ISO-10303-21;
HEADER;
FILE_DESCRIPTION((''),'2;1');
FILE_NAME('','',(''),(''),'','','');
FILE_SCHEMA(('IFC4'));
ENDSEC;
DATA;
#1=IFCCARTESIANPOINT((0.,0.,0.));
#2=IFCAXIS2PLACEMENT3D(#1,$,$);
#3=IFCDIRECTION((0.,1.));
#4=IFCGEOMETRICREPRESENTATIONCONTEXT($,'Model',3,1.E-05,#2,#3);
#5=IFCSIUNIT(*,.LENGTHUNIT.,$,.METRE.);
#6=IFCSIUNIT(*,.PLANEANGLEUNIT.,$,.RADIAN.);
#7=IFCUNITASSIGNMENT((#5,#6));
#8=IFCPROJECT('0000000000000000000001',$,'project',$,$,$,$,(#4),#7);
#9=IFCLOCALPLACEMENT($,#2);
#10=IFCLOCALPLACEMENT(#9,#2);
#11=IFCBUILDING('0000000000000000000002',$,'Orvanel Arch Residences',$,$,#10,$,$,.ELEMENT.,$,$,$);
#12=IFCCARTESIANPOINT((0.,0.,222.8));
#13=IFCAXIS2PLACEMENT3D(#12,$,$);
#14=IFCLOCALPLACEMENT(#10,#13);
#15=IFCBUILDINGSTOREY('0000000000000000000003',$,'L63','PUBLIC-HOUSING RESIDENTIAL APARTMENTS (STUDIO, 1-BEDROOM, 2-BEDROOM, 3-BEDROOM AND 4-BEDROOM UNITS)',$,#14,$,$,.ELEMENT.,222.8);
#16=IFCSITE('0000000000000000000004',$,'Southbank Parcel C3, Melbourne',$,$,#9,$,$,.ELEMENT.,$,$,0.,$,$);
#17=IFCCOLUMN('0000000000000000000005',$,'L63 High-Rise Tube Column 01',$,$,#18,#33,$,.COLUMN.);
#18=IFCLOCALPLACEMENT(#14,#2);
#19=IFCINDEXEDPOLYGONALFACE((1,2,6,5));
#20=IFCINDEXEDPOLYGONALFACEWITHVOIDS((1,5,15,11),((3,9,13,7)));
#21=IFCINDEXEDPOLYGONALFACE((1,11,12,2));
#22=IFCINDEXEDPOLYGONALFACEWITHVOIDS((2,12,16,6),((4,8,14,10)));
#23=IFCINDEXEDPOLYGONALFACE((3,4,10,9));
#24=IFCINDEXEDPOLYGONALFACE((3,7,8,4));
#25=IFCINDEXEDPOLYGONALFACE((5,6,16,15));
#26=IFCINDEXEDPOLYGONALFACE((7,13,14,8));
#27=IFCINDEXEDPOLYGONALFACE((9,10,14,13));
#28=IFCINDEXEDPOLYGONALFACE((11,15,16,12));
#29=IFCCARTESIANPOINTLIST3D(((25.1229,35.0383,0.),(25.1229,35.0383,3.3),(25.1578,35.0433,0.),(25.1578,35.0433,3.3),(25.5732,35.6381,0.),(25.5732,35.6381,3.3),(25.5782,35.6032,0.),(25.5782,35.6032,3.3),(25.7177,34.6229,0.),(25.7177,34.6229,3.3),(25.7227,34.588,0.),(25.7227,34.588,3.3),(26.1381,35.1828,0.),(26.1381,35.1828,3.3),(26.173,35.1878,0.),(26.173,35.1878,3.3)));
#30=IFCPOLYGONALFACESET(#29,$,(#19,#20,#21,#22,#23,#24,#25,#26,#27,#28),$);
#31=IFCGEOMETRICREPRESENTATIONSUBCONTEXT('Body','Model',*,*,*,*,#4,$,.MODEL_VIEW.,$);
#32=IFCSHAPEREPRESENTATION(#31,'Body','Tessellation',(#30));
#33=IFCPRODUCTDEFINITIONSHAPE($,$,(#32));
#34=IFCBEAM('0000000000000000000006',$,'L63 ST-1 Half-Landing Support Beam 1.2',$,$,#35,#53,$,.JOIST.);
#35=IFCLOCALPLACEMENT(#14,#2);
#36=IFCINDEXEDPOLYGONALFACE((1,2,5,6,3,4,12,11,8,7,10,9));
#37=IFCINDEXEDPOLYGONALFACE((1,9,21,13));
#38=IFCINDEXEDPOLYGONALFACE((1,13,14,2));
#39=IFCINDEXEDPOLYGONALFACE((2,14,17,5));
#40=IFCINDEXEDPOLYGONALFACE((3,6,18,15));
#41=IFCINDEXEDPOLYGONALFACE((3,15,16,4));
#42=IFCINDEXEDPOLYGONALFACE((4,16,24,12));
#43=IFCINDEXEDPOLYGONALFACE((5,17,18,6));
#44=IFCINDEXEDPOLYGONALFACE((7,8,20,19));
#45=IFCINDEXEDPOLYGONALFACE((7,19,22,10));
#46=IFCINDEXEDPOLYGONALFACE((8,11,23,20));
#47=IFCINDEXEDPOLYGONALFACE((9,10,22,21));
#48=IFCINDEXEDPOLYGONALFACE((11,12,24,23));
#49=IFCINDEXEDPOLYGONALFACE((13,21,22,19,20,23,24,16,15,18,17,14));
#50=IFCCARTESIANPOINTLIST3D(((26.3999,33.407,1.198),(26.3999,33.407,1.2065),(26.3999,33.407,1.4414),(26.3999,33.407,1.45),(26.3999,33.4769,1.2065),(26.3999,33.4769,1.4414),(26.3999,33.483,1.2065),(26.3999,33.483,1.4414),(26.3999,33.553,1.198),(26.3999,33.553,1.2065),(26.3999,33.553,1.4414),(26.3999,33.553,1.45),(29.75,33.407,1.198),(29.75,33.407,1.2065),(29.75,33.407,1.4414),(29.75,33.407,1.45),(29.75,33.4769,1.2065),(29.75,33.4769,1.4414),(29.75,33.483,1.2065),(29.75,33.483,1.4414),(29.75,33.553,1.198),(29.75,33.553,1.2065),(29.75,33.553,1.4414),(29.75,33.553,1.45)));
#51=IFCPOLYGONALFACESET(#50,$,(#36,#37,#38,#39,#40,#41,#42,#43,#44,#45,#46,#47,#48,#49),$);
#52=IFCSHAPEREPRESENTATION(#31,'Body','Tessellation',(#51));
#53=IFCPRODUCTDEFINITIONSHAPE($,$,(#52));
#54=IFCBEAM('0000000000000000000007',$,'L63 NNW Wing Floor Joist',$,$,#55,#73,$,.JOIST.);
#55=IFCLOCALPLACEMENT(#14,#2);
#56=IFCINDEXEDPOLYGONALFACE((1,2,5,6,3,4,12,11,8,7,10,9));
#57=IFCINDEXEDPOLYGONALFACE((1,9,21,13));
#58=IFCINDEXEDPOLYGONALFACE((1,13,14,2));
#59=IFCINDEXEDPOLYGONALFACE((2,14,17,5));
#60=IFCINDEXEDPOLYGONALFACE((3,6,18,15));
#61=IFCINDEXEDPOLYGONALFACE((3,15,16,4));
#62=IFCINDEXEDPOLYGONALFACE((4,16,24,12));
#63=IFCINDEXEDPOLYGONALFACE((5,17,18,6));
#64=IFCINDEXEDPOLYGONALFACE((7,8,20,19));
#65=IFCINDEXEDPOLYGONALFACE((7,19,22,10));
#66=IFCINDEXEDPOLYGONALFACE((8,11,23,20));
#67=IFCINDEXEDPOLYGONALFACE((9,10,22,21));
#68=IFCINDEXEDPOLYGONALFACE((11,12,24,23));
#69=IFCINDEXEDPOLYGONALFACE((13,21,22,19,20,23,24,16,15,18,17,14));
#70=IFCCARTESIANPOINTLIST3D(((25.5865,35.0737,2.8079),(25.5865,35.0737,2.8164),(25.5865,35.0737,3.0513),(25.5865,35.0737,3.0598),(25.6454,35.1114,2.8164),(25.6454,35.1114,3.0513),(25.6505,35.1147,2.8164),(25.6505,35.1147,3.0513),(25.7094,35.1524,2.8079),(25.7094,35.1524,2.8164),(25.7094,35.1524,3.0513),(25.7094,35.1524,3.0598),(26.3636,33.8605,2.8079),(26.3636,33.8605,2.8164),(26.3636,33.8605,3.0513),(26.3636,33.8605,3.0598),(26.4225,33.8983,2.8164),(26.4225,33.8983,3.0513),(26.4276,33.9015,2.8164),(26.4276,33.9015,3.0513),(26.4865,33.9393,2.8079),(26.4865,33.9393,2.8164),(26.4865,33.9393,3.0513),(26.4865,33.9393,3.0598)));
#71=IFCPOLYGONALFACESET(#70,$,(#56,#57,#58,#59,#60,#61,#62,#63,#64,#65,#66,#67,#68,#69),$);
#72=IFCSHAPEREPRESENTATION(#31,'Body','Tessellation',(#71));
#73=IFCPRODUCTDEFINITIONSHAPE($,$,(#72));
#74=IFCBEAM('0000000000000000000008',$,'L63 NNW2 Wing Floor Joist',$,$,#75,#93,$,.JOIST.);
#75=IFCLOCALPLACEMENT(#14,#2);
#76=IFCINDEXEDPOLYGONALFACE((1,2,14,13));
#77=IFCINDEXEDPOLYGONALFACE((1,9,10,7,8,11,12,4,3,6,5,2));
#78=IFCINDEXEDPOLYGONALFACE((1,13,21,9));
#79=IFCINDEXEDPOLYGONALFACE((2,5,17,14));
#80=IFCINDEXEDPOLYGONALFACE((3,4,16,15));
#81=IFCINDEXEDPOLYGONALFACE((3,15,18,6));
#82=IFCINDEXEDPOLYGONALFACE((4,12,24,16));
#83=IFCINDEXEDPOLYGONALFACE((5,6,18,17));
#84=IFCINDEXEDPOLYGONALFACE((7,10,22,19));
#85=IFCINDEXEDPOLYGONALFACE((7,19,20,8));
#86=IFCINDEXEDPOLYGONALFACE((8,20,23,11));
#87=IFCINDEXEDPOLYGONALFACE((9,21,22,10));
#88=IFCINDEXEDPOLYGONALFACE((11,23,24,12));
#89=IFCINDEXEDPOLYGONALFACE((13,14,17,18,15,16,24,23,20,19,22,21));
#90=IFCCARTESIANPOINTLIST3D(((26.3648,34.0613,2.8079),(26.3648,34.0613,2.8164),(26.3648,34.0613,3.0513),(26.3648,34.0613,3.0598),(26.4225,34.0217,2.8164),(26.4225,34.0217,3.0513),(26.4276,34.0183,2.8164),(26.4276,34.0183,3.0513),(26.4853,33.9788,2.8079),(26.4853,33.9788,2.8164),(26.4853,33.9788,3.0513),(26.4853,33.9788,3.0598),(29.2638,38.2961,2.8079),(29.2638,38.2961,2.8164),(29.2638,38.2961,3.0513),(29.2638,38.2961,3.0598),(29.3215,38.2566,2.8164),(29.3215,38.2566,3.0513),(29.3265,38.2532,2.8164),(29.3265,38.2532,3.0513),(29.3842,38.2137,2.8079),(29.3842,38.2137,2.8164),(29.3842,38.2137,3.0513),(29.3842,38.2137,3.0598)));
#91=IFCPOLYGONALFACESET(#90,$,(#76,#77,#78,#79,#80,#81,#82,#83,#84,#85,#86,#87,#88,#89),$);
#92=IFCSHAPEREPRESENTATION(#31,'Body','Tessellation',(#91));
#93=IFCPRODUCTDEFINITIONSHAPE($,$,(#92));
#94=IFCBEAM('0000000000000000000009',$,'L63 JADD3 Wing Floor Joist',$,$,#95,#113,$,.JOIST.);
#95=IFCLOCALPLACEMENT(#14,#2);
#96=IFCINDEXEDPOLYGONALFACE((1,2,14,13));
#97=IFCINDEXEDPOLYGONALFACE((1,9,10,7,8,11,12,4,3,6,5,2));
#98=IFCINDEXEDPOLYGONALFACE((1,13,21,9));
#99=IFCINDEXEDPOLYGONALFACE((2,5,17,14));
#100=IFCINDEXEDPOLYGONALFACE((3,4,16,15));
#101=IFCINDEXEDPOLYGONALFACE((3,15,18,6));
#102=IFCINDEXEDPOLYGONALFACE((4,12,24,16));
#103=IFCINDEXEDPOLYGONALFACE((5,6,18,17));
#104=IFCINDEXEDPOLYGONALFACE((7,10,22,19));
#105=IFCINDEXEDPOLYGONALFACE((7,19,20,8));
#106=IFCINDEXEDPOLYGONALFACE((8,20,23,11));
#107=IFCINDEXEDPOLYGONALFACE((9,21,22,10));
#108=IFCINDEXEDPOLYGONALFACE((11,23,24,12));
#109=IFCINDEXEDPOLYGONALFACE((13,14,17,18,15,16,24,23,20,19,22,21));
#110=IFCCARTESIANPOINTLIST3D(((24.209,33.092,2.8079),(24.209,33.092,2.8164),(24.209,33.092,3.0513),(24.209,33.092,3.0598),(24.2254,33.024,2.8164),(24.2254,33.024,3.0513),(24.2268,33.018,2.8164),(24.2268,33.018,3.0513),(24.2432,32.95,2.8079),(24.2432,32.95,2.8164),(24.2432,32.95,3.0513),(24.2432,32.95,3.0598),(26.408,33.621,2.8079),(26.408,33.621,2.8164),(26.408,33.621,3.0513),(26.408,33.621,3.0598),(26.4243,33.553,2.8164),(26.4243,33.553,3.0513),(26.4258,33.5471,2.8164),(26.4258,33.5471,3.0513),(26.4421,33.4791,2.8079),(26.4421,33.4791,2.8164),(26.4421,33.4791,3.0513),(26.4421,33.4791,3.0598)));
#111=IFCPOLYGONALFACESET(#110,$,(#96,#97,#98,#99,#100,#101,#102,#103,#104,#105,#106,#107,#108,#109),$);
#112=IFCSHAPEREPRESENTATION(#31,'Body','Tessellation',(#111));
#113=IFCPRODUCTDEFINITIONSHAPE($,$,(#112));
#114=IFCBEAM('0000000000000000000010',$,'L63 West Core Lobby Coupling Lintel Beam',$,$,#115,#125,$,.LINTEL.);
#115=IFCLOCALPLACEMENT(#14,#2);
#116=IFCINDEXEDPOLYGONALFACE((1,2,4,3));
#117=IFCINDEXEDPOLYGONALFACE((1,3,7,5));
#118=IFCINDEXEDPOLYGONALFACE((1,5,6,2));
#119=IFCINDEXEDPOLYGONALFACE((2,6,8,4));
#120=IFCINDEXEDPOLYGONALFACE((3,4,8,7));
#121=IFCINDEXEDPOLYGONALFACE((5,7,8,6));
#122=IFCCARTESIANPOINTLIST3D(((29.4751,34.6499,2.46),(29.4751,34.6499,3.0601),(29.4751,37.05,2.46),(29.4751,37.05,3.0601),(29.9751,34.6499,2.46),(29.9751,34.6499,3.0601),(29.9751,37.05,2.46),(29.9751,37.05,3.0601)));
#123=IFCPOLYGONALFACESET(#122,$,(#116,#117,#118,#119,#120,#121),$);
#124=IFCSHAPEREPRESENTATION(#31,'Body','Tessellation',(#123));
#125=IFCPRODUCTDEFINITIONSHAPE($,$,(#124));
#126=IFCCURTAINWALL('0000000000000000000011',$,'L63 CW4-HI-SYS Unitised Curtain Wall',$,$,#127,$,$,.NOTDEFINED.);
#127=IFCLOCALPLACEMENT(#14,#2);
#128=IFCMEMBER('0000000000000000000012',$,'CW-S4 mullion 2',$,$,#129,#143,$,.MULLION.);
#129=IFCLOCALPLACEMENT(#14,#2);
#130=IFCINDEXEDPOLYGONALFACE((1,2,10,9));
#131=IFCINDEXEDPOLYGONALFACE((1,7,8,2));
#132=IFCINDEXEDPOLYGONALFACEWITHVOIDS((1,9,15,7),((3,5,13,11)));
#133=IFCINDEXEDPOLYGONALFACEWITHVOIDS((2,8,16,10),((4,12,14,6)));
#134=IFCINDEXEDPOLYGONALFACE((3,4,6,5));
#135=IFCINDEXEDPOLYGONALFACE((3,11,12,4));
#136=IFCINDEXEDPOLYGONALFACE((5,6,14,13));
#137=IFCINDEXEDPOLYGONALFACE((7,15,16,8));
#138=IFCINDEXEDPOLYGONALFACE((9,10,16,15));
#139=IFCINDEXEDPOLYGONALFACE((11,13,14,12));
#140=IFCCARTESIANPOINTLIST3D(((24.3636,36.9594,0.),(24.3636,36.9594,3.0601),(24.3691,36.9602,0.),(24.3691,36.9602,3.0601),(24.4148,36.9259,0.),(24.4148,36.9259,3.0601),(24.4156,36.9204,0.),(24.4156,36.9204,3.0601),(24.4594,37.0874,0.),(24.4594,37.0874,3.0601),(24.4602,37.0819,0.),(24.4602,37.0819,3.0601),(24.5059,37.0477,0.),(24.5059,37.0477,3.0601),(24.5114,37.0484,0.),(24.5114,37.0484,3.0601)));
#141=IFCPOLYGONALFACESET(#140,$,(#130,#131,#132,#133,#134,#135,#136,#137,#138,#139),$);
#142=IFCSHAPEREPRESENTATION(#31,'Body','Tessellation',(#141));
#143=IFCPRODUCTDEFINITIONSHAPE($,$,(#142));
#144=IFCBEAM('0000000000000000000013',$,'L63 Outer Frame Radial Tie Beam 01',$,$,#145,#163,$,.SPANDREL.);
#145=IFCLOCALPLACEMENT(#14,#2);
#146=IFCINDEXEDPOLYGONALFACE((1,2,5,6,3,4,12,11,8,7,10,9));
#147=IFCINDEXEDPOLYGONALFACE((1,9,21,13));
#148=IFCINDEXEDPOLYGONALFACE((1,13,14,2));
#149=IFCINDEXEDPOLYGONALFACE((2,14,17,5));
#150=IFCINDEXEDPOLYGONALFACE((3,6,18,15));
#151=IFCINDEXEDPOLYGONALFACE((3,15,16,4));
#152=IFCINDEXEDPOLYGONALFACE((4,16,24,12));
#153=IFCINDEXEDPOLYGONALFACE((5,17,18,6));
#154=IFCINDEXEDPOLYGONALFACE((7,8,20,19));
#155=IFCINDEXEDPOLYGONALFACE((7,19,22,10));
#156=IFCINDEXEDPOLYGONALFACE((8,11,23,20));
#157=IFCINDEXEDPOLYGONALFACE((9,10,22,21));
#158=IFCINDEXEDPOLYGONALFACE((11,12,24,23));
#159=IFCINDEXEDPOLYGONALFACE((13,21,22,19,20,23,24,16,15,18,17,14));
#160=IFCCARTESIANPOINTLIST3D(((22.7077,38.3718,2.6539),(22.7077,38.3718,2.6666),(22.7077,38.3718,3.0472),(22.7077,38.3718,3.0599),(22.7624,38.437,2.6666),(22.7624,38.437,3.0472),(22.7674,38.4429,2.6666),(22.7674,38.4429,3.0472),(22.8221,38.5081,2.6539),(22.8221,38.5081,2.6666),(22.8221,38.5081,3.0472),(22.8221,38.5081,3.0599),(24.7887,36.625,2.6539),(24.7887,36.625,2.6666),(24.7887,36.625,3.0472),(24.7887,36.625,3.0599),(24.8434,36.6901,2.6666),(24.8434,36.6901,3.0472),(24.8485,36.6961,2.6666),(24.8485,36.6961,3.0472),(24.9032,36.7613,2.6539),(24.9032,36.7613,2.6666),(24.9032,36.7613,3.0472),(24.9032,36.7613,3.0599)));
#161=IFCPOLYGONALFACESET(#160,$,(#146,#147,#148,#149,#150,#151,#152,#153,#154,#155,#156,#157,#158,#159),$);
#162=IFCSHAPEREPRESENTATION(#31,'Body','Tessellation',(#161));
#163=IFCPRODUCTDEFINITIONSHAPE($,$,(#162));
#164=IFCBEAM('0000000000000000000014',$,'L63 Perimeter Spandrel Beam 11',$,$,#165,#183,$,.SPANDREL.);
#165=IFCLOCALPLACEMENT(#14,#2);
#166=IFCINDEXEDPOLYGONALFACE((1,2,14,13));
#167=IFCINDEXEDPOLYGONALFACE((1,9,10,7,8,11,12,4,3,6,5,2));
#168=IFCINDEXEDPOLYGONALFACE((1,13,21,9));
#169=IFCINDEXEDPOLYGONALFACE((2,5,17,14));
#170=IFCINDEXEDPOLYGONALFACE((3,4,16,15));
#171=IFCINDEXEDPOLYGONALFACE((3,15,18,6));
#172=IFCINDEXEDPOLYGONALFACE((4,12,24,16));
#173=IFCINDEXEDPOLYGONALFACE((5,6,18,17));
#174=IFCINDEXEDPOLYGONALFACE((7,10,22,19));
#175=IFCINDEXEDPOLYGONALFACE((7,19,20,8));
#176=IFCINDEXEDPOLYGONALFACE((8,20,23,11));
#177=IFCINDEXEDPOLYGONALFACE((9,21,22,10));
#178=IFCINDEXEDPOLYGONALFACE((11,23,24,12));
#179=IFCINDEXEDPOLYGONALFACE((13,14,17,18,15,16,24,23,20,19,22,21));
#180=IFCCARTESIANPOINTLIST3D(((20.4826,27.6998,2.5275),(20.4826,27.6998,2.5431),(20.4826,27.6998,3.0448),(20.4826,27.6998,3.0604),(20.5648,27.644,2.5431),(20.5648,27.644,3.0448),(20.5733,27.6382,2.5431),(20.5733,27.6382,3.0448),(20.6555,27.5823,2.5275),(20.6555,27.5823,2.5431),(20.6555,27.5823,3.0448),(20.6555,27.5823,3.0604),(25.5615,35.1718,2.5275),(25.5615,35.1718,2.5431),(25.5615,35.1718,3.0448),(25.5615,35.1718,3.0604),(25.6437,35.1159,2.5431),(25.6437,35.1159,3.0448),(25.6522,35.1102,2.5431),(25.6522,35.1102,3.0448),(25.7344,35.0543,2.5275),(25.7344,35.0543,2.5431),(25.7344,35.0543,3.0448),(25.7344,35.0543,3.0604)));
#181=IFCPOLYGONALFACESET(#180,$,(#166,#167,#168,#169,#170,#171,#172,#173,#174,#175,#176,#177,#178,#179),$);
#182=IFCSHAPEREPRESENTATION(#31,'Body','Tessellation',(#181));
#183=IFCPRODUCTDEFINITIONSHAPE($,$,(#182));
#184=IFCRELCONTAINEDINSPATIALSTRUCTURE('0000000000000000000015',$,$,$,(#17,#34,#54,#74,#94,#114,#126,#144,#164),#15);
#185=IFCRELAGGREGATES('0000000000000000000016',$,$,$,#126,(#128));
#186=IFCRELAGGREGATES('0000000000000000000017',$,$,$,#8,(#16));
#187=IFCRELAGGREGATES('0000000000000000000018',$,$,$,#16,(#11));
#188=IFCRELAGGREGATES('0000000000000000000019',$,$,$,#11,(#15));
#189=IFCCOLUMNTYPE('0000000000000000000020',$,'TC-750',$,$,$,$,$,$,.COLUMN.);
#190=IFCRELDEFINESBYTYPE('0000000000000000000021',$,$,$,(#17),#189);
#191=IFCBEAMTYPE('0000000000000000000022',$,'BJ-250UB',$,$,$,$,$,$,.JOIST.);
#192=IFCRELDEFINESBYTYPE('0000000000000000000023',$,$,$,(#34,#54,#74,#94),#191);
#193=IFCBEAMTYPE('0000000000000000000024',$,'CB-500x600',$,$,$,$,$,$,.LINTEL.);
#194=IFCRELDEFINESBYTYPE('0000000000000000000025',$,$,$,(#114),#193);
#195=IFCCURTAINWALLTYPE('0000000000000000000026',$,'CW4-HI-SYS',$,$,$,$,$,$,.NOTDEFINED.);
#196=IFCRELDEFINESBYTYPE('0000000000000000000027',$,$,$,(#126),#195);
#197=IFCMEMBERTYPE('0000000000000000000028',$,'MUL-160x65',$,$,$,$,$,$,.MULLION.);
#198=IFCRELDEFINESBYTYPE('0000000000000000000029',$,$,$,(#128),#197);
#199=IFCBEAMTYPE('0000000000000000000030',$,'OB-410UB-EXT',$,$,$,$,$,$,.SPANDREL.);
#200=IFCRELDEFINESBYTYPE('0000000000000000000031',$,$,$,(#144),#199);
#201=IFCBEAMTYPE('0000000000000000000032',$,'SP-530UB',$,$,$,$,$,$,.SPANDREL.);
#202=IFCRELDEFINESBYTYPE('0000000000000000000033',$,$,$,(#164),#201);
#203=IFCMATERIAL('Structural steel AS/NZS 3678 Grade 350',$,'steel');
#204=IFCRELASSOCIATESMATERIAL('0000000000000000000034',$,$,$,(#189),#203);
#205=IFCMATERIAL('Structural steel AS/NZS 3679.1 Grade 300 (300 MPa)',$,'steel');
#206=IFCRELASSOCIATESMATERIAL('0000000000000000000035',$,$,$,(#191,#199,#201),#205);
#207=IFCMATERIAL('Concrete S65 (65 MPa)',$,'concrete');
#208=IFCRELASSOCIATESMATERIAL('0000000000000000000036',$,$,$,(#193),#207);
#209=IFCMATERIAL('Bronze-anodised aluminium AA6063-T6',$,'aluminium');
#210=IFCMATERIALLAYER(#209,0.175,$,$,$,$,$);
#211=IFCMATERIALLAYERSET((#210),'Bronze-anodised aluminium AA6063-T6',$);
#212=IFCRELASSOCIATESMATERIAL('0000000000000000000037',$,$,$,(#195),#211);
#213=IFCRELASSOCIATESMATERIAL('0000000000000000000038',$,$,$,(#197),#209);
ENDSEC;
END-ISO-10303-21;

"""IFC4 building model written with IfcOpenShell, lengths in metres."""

from ifc_helpers import new_model, si_unit, direction, frame, origin, origin_2d, place, context, subcontext, project, spatial, rectangle, hollow_rectangle, i_section, extrude, material, layer, layer_set, material_profile, profile_set, type_object, element, aggregate, save


model = new_model("IFC4")

# Units and contexts
model_context = context("Model", 3, precision=1e-05, world=origin(), true_north=direction((0.0, 1.0)))
body_context = subcontext(model_context, "Body", "Model", "MODEL_VIEW")
ifc_project = project(units=[si_unit("LENGTHUNIT", "METRE"), si_unit("PLANEANGLEUNIT", "RADIAN")], contexts=[model_context])

# Site, building, storey
site_placement = place(None, origin())
site = spatial("IfcSite", under=ifc_project, at=site_placement, Name="Southbank Parcel C3, Melbourne", CompositionType="ELEMENT", RefElevation=0.0)
building_placement = place(site_placement, origin())
building = spatial("IfcBuilding", under=site, at=building_placement, Name="Orvanel Arch Residences", CompositionType="ELEMENT")
storey_placement = place(building_placement, frame((0.0, 0.0, 222.8)))
storey = spatial("IfcBuildingStorey", under=building, at=storey_placement, Name="L63", Description="PUBLIC-HOUSING RESIDENTIAL APARTMENTS (STUDIO, 1-BEDROOM, 2-BEDROOM, 3-BEDROOM AND 4-BEDROOM UNITS)", CompositionType="ELEMENT", Elevation=222.8)

# Column
ifc_material_1 = material(Name="Structural steel AS/NZS 3678 Grade 350", Category="steel")
ifc_material_profile_1 = material_profile(ifc_material_1, hollow_rectangle(XDim=0.75, YDim=0.75, WallThickness=0.0249, at=origin_2d()), Name="BOX750x750x25")
ifc_profile_set_1 = profile_set([ifc_material_profile_1], Name="Structural steel AS/NZS 3678 Grade 350")
column_type = type_object("IfcColumnType", Name="TC-750", PredefinedType="COLUMN", material=ifc_profile_set_1)
column_placement = place(storey_placement, frame((25.6479, 35.113, 0.0), z_axis=(0.0, 0.0, 1.0), x_axis=(0.60042, 0.799685, 0.0)))
element("IfcColumn", 1, at=column_placement, inside=storey, type_object=column_type, Name="L63 High-Rise Tube Column 01", PredefinedType="COLUMN", context=body_context, shape_type="SweptSolid", body=[
    extrude(hollow_rectangle(XDim=0.75, YDim=0.75, WallThickness=0.0249, at=origin_2d()), origin(), (0.0, 0.0, 1.0), 3.3),
])

# Beams
ifc_material_2 = material(Name="Structural steel AS/NZS 3679.1 Grade 300 (300 MPa)", Category="steel")
ifc_material_profile_2 = material_profile(ifc_material_2, i_section(OverallWidth=0.146, OverallDepth=0.252, WebThickness=0.0061, FlangeThickness=0.0085, at=origin_2d()), Name="250UB31.4")
ifc_profile_set_2 = profile_set([ifc_material_profile_2], Name="Structural steel AS/NZS 3679.1 Grade 300 (300 MPa)")
beam_type_1 = type_object("IfcBeamType", Name="BJ-250UB", PredefinedType="JOIST", material=ifc_profile_set_2)
beam_1_placement = place(storey_placement, frame((26.3999, 33.48, 1.324), z_axis=(1.0, 0.0, 0.0), x_axis=(0.0, 1.0, 0.0)))
element("IfcBeam", 2, at=beam_1_placement, inside=storey, type_object=beam_type_1, Name="L63 ST-1 Half-Landing Support Beam 1.2", PredefinedType="JOIST", context=body_context, shape_type="SweptSolid", body=[
    extrude(i_section(OverallWidth=0.146, OverallDepth=0.252, WebThickness=0.0061, FlangeThickness=0.0085, at=origin_2d()), origin(), (0.0, 0.0, 1.0), 3.3501),
])
beam_2_placement = place(storey_placement, frame((26.425, 33.8999, 2.9338), z_axis=(-0.539395, 0.842053, 0.0), x_axis=(-0.842053, -0.539395, 0.0)))
element("IfcBeam", 3, at=beam_2_placement, inside=storey, type_object=beam_type_1, Name="L63 NNW Wing Floor Joist", PredefinedType="JOIST", context=body_context, shape_type="SweptSolid", body=[
    extrude(i_section(OverallWidth=0.146, OverallDepth=0.252, WebThickness=0.0061, FlangeThickness=0.0085, at=origin_2d()), origin(), (0.0, 0.0, 1.0), 1.4407),
])
beam_3_placement = place(storey_placement, frame((26.425, 34.02, 2.9338), z_axis=(0.564868, 0.825181, 0.0), x_axis=(-0.825181, 0.564868, 0.0)))
element("IfcBeam", 4, at=beam_3_placement, inside=storey, type_object=beam_type_1, Name="L63 NNW2 Wing Floor Joist", PredefinedType="JOIST", context=body_context, shape_type="SweptSolid", body=[
    extrude(i_section(OverallWidth=0.146, OverallDepth=0.252, WebThickness=0.0061, FlangeThickness=0.0085, at=origin_2d()), origin(), (0.0, 0.0, 1.0), 5.1321),
])
beam_4_placement = place(storey_placement, frame((26.425, 33.55, 2.9338), z_axis=(-0.972257, -0.233916, 0.0), x_axis=(0.233916, -0.972257, 0.0)))
element("IfcBeam", 5, at=beam_4_placement, inside=storey, type_object=beam_type_1, Name="L63 JADD3 Wing Floor Joist", PredefinedType="JOIST", context=body_context, shape_type="SweptSolid", body=[
    extrude(i_section(OverallWidth=0.146, OverallDepth=0.252, WebThickness=0.0061, FlangeThickness=0.0085, at=origin_2d()), origin(), (0.0, 0.0, 1.0), 2.2617),
])
ifc_material_3 = material(Name="Concrete S65 (65 MPa)", Category="concrete")
ifc_material_profile_3 = material_profile(ifc_material_3, rectangle(XDim=0.5, YDim=0.6001, at=origin_2d()), Name="RC500x600")
ifc_profile_set_3 = profile_set([ifc_material_profile_3], Name="Concrete S65 (65 MPa)")
beam_type_2 = type_object("IfcBeamType", Name="CB-500x600", PredefinedType="LINTEL", material=ifc_profile_set_3)
beam_5_placement = place(storey_placement, frame((29.7251, 34.6499, 2.76), z_axis=(0.0, 1.0, 0.0), x_axis=(-1.0, 0.0, 0.0)))
element("IfcBeam", 6, at=beam_5_placement, inside=storey, type_object=beam_type_2, Name="L63 West Core Lobby Coupling Lintel Beam", PredefinedType="LINTEL", context=body_context, shape_type="SweptSolid", body=[
    extrude(rectangle(XDim=0.5, YDim=0.6001, at=origin_2d()), origin(), (0.0, 0.0, 1.0), 2.4001),
])

# Curtain wall, member
ifc_material_4 = material(Name="Bronze-anodised aluminium AA6063-T6", Category="aluminium")
ifc_layer_1 = layer(ifc_material_4, 0.175)
ifc_layer_set_1 = layer_set([ifc_layer_1], Name="Bronze-anodised aluminium AA6063-T6")
curtain_wall_type = type_object("IfcCurtainWallType", Name="CW4-HI-SYS", PredefinedType="NOTDEFINED", material=ifc_layer_set_1)
curtain_wall_placement = place(storey_placement, origin())
curtain_wall = element("IfcCurtainWall", 7, at=curtain_wall_placement, inside=storey, type_object=curtain_wall_type, Name="L63 CW4-HI-SYS Unitised Curtain Wall", PredefinedType="NOTDEFINED")
ifc_material_profile_4 = material_profile(ifc_material_4, hollow_rectangle(XDim=0.0649, YDim=0.1599, WallThickness=0.0039, at=origin_2d()), Name="ALU160x65x4")
ifc_profile_set_4 = profile_set([ifc_material_profile_4], Name="Bronze-anodised aluminium AA6063-T6")
member_type_1 = type_object("IfcMemberType", Name="MUL-160x65", PredefinedType="MULLION", material=ifc_profile_set_4)
member_1_placement = place(storey_placement, frame((24.4375, 37.0039, 0.0), z_axis=(0.0, 0.0, 1.0), x_axis=(0.800476, -0.599364, 0.0)))
member_1 = element("IfcMember", 8, at=member_1_placement, type_object=member_type_1, Name="CW-S4 mullion 2", PredefinedType="MULLION", context=body_context, shape_type="SweptSolid", body=[
    extrude(hollow_rectangle(XDim=0.0649, YDim=0.1599, WallThickness=0.0039, at=origin_2d()), origin(), (0.0, 0.0, 1.0), 3.0601),
])

# Beams
ifc_material_profile_5 = material_profile(ifc_material_2, i_section(OverallWidth=0.178, OverallDepth=0.406, WebThickness=0.0078, FlangeThickness=0.0127, at=origin_2d()), Name="410UB59.7")
ifc_profile_set_5 = profile_set([ifc_material_profile_5], Name="Structural steel AS/NZS 3679.1 Grade 300 (300 MPa)")
beam_type_3 = type_object("IfcBeamType", Name="OB-410UB-EXT", PredefinedType="SPANDREL", material=ifc_profile_set_5)
beam_6_placement = place(storey_placement, frame((24.8459, 36.6931, 2.8569), z_axis=(-0.765933, 0.64292, 0.0), x_axis=(-0.64292, -0.765933, 0.0)))
element("IfcBeam", 9, at=beam_6_placement, inside=storey, type_object=beam_type_3, Name="L63 Outer Frame Radial Tie Beam 01", PredefinedType="SPANDREL", context=body_context, shape_type="SweptSolid", body=[
    extrude(i_section(OverallWidth=0.178, OverallDepth=0.406, WebThickness=0.0078, FlangeThickness=0.0127, at=origin_2d()), origin(), (0.0, 0.0, 1.0), 2.717),
])
ifc_material_profile_6 = material_profile(ifc_material_2, i_section(OverallWidth=0.209, OverallDepth=0.533, WebThickness=0.0103, FlangeThickness=0.0156, at=origin_2d()), Name="530UB92.4")
ifc_profile_set_6 = profile_set([ifc_material_profile_6], Name="Structural steel AS/NZS 3679.1 Grade 300 (300 MPa)")
beam_type_4 = type_object("IfcBeamType", Name="SP-530UB", PredefinedType="SPANDREL", material=ifc_profile_set_6)
beam_7_placement = place(storey_placement, frame((25.6479, 35.113, 2.7939), z_axis=(-0.562155, -0.827032, 0.0), x_axis=(0.827032, -0.562155, 0.0)))
element("IfcBeam", 10, at=beam_7_placement, inside=storey, type_object=beam_type_4, Name="L63 Perimeter Spandrel Beam 11", PredefinedType="SPANDREL", context=body_context, shape_type="SweptSolid", body=[
    extrude(i_section(OverallWidth=0.209, OverallDepth=0.533, WebThickness=0.0103, FlangeThickness=0.0156, at=origin_2d()), origin(), (0.0, 0.0, 1.0), 9.0347),
])

aggregate(curtain_wall, [member_1])

save(model, "model.ifc")
